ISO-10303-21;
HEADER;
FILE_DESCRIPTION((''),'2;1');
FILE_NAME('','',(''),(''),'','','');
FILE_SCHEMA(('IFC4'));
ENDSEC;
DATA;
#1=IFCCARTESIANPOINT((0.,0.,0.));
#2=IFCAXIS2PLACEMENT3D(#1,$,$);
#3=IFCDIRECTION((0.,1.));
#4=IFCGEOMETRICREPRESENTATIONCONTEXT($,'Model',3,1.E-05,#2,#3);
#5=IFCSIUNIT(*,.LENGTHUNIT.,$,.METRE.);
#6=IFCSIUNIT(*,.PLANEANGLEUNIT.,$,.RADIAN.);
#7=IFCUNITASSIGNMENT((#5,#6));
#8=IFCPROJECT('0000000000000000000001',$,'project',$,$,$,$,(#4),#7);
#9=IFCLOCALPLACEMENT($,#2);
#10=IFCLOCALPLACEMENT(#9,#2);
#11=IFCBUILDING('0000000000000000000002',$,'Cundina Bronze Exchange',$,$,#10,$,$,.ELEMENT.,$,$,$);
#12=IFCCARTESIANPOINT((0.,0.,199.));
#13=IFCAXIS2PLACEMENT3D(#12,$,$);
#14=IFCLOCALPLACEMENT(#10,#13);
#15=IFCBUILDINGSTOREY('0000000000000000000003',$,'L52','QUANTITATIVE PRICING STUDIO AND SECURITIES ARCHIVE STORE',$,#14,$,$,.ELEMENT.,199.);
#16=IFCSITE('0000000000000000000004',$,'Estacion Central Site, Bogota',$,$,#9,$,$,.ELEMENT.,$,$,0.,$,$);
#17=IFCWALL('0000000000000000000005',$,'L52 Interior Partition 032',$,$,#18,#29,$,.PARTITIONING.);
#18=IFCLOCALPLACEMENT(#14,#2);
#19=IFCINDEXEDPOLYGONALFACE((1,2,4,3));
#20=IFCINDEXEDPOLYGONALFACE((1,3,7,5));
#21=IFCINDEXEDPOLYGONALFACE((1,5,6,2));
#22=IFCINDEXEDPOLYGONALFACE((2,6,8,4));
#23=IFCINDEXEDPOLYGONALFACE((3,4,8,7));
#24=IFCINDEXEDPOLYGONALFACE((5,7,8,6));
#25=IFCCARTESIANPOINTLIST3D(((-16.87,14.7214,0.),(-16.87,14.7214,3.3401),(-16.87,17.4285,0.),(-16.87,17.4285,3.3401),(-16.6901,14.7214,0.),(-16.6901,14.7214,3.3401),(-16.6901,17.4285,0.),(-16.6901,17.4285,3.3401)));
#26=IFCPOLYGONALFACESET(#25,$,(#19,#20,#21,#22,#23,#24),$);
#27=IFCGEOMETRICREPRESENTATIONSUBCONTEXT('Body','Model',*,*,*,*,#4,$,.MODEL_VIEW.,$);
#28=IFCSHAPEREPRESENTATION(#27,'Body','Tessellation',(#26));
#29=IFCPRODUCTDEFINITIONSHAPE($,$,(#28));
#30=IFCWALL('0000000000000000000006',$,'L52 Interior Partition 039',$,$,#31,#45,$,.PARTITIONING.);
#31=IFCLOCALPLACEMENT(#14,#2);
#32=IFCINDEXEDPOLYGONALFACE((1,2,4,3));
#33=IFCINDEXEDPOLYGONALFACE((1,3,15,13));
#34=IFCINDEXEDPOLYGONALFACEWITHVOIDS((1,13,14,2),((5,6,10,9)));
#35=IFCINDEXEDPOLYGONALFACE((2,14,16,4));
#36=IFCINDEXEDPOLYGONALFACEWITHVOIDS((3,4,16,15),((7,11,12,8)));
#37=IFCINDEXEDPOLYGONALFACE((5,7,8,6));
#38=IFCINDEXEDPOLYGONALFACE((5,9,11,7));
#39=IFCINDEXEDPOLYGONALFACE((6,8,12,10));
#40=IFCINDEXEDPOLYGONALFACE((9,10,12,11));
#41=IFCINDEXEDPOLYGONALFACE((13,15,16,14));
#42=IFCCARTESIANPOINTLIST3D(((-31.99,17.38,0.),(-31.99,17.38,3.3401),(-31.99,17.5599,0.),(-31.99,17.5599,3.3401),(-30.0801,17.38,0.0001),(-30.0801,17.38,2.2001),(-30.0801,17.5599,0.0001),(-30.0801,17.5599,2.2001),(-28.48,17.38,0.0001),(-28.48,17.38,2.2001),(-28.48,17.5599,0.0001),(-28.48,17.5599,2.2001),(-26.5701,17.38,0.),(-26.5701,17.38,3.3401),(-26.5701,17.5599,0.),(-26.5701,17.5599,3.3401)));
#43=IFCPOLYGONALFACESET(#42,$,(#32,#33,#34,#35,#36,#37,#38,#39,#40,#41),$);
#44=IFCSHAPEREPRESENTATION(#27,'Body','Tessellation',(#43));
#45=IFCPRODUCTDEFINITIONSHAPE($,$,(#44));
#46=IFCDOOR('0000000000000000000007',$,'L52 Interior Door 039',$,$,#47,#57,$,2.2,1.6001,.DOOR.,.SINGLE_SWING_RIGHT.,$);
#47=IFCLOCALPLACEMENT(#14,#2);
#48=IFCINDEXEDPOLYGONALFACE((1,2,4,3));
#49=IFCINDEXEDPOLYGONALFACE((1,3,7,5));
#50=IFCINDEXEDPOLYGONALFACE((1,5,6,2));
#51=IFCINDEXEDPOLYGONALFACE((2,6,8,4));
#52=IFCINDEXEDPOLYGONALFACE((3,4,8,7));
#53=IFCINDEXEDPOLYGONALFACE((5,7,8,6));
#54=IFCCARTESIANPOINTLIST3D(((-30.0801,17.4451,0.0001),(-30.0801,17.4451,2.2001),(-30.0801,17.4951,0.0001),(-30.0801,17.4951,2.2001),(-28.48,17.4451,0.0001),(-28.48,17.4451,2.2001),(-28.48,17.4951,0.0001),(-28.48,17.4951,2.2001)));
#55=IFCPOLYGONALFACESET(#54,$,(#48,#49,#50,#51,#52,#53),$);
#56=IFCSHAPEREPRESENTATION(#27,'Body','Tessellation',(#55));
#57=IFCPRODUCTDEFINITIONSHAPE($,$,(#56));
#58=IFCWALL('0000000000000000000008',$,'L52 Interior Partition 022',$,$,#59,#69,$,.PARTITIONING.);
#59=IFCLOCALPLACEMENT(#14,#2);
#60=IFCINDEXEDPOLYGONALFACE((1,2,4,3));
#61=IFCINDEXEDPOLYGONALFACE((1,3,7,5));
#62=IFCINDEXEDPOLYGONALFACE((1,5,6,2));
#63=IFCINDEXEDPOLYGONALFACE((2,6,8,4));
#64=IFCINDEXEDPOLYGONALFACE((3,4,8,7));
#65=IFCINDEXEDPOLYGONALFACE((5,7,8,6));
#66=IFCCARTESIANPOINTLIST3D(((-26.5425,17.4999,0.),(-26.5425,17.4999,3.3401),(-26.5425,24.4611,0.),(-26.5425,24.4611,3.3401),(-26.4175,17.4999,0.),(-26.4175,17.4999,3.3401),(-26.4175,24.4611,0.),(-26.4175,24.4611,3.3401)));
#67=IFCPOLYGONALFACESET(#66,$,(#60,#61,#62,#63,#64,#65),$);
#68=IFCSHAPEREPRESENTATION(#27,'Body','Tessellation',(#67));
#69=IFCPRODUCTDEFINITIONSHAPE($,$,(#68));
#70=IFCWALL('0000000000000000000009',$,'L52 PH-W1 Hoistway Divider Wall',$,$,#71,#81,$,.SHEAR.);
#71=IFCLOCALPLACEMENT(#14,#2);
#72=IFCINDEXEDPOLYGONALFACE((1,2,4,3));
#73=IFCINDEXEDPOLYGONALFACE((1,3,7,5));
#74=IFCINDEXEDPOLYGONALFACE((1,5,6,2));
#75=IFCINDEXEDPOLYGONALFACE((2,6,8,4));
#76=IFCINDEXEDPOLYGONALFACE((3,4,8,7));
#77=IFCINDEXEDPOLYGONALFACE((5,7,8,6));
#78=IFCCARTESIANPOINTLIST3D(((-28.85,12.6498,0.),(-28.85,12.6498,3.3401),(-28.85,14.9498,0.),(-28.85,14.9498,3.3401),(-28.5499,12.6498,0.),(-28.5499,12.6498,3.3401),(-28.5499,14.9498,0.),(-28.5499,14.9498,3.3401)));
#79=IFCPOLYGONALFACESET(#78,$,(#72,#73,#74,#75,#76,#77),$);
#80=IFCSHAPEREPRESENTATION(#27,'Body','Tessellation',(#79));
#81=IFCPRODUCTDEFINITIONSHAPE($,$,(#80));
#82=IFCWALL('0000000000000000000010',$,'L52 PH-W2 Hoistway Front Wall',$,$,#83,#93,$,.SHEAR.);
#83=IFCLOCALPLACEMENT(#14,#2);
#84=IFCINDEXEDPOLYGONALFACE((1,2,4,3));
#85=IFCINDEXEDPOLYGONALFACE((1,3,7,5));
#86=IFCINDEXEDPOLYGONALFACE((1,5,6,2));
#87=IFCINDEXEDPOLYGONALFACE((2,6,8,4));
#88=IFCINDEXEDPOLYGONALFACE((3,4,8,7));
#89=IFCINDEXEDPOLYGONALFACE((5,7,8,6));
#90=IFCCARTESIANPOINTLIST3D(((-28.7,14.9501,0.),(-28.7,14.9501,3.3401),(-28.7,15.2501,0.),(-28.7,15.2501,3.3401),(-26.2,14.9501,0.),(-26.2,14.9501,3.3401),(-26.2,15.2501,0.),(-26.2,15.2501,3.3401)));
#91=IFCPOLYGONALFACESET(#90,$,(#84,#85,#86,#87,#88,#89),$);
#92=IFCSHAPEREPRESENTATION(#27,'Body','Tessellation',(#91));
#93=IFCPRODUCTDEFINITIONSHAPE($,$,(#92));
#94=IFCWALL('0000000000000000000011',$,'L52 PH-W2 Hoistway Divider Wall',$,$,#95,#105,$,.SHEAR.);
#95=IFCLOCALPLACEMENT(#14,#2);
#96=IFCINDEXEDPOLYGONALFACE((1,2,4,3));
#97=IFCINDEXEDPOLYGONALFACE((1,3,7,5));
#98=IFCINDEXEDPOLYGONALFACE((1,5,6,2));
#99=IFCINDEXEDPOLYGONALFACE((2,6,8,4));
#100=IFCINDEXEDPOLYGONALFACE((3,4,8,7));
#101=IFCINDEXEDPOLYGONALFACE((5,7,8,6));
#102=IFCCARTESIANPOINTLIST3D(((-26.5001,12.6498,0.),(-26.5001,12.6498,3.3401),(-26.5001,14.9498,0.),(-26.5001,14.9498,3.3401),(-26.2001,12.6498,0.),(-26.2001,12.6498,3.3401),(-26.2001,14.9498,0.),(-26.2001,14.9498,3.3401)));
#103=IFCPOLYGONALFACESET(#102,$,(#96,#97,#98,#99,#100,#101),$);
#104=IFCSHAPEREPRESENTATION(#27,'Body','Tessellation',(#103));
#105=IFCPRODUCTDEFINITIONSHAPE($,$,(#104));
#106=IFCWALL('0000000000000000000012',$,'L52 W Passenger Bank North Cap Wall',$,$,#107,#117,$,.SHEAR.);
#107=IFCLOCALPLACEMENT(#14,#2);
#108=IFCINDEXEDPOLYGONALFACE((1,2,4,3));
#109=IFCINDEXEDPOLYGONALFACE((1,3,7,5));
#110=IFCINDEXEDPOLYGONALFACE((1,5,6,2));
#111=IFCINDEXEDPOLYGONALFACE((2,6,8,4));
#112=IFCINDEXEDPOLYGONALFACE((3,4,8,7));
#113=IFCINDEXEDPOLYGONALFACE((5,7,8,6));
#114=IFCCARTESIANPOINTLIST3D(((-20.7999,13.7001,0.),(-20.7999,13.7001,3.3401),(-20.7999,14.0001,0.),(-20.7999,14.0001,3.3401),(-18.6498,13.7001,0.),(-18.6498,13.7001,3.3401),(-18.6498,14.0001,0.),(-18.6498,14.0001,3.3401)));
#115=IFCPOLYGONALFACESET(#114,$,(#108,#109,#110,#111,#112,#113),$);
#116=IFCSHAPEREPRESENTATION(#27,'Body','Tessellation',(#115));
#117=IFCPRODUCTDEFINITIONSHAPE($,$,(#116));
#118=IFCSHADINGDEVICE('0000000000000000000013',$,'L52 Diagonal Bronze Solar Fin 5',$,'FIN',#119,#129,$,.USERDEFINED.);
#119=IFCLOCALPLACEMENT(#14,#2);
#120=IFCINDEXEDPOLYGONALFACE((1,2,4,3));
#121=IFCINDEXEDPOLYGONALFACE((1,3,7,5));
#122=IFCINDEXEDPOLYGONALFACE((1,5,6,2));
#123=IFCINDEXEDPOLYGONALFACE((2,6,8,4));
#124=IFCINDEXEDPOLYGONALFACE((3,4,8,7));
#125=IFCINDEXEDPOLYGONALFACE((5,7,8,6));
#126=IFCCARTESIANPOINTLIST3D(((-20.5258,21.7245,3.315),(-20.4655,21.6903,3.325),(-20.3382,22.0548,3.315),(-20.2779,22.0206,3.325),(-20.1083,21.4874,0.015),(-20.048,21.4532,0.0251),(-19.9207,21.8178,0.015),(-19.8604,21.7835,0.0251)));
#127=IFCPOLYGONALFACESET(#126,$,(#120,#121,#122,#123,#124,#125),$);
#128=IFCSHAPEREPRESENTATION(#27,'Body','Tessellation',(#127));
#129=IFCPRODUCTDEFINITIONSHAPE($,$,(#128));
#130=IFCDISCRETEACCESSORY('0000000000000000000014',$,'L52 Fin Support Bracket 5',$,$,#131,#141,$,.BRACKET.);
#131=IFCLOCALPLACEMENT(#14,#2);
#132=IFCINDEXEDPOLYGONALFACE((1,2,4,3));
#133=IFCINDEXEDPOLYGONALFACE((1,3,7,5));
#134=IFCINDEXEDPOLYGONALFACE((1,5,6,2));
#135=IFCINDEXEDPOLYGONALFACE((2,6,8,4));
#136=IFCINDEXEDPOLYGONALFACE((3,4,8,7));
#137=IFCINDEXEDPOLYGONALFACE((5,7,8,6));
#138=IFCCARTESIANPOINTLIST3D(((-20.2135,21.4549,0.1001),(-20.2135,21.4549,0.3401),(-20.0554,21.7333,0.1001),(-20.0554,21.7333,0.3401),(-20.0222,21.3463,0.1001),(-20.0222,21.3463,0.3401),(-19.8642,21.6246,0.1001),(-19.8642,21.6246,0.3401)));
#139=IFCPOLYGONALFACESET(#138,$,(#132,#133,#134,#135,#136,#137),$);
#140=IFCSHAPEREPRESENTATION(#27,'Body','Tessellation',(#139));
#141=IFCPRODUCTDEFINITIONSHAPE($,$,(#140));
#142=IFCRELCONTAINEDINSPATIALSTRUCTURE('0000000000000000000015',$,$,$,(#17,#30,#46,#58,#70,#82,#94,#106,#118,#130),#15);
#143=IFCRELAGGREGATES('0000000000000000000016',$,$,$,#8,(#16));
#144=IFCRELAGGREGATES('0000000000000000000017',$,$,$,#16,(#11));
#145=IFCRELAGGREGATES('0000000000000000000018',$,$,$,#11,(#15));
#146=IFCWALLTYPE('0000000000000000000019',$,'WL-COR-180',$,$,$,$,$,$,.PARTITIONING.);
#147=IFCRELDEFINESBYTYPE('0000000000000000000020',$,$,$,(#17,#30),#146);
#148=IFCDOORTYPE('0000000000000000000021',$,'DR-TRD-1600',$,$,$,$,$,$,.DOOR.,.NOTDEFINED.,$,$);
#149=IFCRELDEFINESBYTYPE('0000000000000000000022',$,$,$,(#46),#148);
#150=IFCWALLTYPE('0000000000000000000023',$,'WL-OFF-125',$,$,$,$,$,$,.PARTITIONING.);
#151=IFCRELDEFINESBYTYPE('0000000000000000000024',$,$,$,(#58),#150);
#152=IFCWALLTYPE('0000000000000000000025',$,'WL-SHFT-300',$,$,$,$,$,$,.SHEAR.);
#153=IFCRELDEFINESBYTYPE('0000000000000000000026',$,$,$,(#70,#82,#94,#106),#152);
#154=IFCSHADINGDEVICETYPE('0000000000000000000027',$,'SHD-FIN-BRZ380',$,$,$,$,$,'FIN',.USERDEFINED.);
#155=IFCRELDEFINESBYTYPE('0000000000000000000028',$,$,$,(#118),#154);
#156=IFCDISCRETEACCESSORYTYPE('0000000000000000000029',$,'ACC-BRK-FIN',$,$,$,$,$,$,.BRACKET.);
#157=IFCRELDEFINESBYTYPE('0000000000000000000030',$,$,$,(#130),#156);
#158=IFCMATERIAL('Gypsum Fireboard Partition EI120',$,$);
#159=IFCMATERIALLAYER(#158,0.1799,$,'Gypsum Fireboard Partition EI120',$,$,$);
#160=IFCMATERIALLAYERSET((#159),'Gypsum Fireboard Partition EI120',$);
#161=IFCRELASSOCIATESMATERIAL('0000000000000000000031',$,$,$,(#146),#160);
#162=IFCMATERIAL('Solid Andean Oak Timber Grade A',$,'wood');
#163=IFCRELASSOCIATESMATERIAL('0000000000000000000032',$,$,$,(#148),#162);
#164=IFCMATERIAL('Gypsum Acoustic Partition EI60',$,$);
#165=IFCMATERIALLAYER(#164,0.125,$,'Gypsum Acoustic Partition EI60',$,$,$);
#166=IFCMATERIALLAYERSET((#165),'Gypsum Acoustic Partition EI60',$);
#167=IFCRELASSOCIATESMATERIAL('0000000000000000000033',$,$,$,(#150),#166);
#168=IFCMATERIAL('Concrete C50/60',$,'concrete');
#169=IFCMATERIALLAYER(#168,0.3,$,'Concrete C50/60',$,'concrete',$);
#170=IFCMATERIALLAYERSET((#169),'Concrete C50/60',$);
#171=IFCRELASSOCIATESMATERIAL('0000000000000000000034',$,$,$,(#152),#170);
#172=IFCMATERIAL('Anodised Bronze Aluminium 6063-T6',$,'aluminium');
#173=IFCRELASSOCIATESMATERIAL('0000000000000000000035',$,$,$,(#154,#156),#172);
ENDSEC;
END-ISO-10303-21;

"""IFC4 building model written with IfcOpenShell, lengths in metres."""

from ifc_helpers import new_model, si_unit, direction, frame, frame_2d, origin, origin_2d, place, context, subcontext, project, spatial, rectangle, extrude, material, layer, layer_set, material_profile, profile_set, type_object, element, fill, save


model = new_model("IFC4")

# Units and contexts
model_context = context("Model", 3, precision=1e-05, world=origin(), true_north=direction((0.0, 1.0)))
body_context = subcontext(model_context, "Body", "Model", "MODEL_VIEW")
ifc_project = project(units=[si_unit("LENGTHUNIT", "METRE"), si_unit("PLANEANGLEUNIT", "RADIAN")], contexts=[model_context])

# Site, building, storey
site_placement = place(None, origin())
site = spatial("IfcSite", under=ifc_project, at=site_placement, Name="Estacion Central Site, Bogota", CompositionType="ELEMENT", RefElevation=0.0)
building_placement = place(site_placement, origin())
building = spatial("IfcBuilding", under=site, at=building_placement, Name="Cundina Bronze Exchange", CompositionType="ELEMENT")
storey_placement = place(building_placement, frame((0.0, 0.0, 199.0)))
storey = spatial("IfcBuildingStorey", under=building, at=storey_placement, Name="L52", Description="QUANTITATIVE PRICING STUDIO AND SECURITIES ARCHIVE STORE", CompositionType="ELEMENT", Elevation=199.0)

# Shared definitions
ifc_material_1 = material(Name="Concrete C50/60", Category="concrete")

# Shared definitions
ifc_material_2 = material(Name="Anodised Bronze Aluminium 6063-T6", Category="aluminium")

# Shared definitions
ifc_material_3 = material(Name="Gypsum Fireboard Partition EI120")
ifc_layer_1 = layer(ifc_material_3, 0.1799, Name="Gypsum Fireboard Partition EI120")
ifc_layer_set_1 = layer_set([ifc_layer_1], Name="Gypsum Fireboard Partition EI120")
wall_type_1 = type_object("IfcWallType", Name="WL-COR-180", PredefinedType="PARTITIONING", material=ifc_layer_set_1)
ifc_material_4 = material(Name="Solid Andean Oak Timber Grade A", Category="wood")

# Wall
wall_1_placement = place(storey_placement, frame((-16.78, 14.7214, 0.0), z_axis=(0.0, 0.0, 1.0), x_axis=(0.0, 1.0, 0.0)))
element("IfcWall", 1, at=wall_1_placement, inside=storey, type_object=wall_type_1, Name="L52 Interior Partition 032", PredefinedType="PARTITIONING", context=body_context, shape_type="SweptSolid", body=[
    extrude(rectangle(XDim=2.707, YDim=0.1799, at=frame_2d((1.3535, 0.0))), origin(), (0.0, 0.0, 1.0), 3.3401),
])

# Wall, opening, door
wall_2_placement = place(storey_placement, frame((-26.5701, 17.47, 0.0), z_axis=(0.0, 0.0, 1.0), x_axis=(-1.0, 0.0, 0.0)))
wall_2 = element("IfcWall", 2, at=wall_2_placement, inside=storey, type_object=wall_type_1, Name="L52 Interior Partition 039", PredefinedType="PARTITIONING", context=body_context, shape_type="SweptSolid", body=[
    extrude(rectangle(XDim=5.4199, YDim=0.1799, at=frame_2d((2.71, 0.0))), origin(), (0.0, 0.0, 1.0), 3.3401),
])
opening_1_placement = place(wall_2_placement, frame((1.9099, 0.0, 0.0)))
opening_1 = element("IfcOpeningElement", 3, at=opening_1_placement, cuts=wall_2, PredefinedType="OPENING", context=body_context, shape_type="SweptSolid", body=[
    extrude(rectangle(XDim=1.6001, YDim=2.2, at=frame_2d((0.8, 1.1001))), frame((0.0, 0.0999, 0.0), z_axis=(0.0, -1.0, 0.0), x_axis=(1.0, 0.0, 0.0)), (0.0, 0.0, 1.0), 0.2),
])
door_type_1 = type_object("IfcDoorType", Name="DR-TRD-1600", OperationType="NOTDEFINED", PredefinedType="DOOR", material=ifc_material_4)
door_1_placement = place(opening_1_placement, origin())
door_1 = element("IfcDoor", 4, at=door_1_placement, inside=storey, type_object=door_type_1, Name="L52 Interior Door 039", OperationType="SINGLE_SWING_RIGHT", OverallHeight=2.2, OverallWidth=1.6001, PredefinedType="DOOR", context=body_context, shape_type="SweptSolid", body=[
    extrude(rectangle(XDim=1.6001, YDim=2.2, at=frame_2d((0.8, 1.1001))), frame((0.0, 0.0249, 0.0), z_axis=(0.0, -1.0, 0.0), x_axis=(1.0, 0.0, 0.0)), (0.0, 0.0, 1.0), 0.05),
])
fill(opening_1, door_1)

# Walls
ifc_material_5 = material(Name="Gypsum Acoustic Partition EI60")
ifc_layer_2 = layer(ifc_material_5, 0.125, Name="Gypsum Acoustic Partition EI60")
ifc_layer_set_2 = layer_set([ifc_layer_2], Name="Gypsum Acoustic Partition EI60")
wall_type_2 = type_object("IfcWallType", Name="WL-OFF-125", PredefinedType="PARTITIONING", material=ifc_layer_set_2)
wall_3_placement = place(storey_placement, frame((-26.48, 17.5, 0.0), z_axis=(0.0, 0.0, 1.0), x_axis=(0.0, 1.0, 0.0)))
element("IfcWall", 5, at=wall_3_placement, inside=storey, type_object=wall_type_2, Name="L52 Interior Partition 022", PredefinedType="PARTITIONING", context=body_context, shape_type="SweptSolid", body=[
    extrude(rectangle(XDim=6.9612, YDim=0.125, at=frame_2d((3.4805, 0.0))), origin(), (0.0, 0.0, 1.0), 3.3401),
])
ifc_layer_3 = layer(ifc_material_1, 0.3, Name="Concrete C50/60", Category="concrete")
ifc_layer_set_3 = layer_set([ifc_layer_3], Name="Concrete C50/60")
wall_type_3 = type_object("IfcWallType", Name="WL-SHFT-300", PredefinedType="SHEAR", material=ifc_layer_set_3)
wall_4_placement = place(storey_placement, frame((-28.7, 12.6499, 0.0), z_axis=(0.0, 0.0, 1.0), x_axis=(0.0, 1.0, 0.0)))
element("IfcWall", 6, at=wall_4_placement, inside=storey, type_object=wall_type_3, Name="L52 PH-W1 Hoistway Divider Wall", PredefinedType="SHEAR", context=body_context, shape_type="SweptSolid", body=[
    extrude(rectangle(XDim=2.3, YDim=0.3, at=frame_2d((1.1499, 0.0))), origin(), (0.0, 0.0, 1.0), 3.3401),
])
wall_5_placement = place(storey_placement, frame((-28.7, 15.1001, 0.0), z_axis=(0.0, 0.0, 1.0), x_axis=(1.0, 0.0, 0.0)))
element("IfcWall", 7, at=wall_5_placement, inside=storey, type_object=wall_type_3, Name="L52 PH-W2 Hoistway Front Wall", PredefinedType="SHEAR", context=body_context, shape_type="SweptSolid", body=[
    extrude(rectangle(XDim=2.5, YDim=0.3, at=frame_2d((1.25, 0.0))), origin(), (0.0, 0.0, 1.0), 3.3401),
])
wall_6_placement = place(storey_placement, frame((-26.3501, 12.6499, 0.0), z_axis=(0.0, 0.0, 1.0), x_axis=(0.0, 1.0, 0.0)))
element("IfcWall", 8, at=wall_6_placement, inside=storey, type_object=wall_type_3, Name="L52 PH-W2 Hoistway Divider Wall", PredefinedType="SHEAR", context=body_context, shape_type="SweptSolid", body=[
    extrude(rectangle(XDim=2.3, YDim=0.3, at=frame_2d((1.1499, 0.0))), origin(), (0.0, 0.0, 1.0), 3.3401),
])
wall_7_placement = place(storey_placement, frame((-20.8, 13.8501, 0.0), z_axis=(0.0, 0.0, 1.0), x_axis=(1.0, 0.0, 0.0)))
element("IfcWall", 9, at=wall_7_placement, inside=storey, type_object=wall_type_3, Name="L52 W Passenger Bank North Cap Wall", PredefinedType="SHEAR", context=body_context, shape_type="SweptSolid", body=[
    extrude(rectangle(XDim=2.1501, YDim=0.3, at=frame_2d((1.0752, 0.0))), origin(), (0.0, 0.0, 1.0), 3.3401),
])

# Shading device
ifc_material_profile_1 = material_profile(ifc_material_2, rectangle(XDim=0.0701, YDim=0.3799, at=origin_2d()), Name="FIN70X380", Category="aluminium")
ifc_profile_set_1 = profile_set([ifc_material_profile_1], Name="Anodised Bronze Aluminium 6063-T6")
shading_device_type = type_object("IfcShadingDeviceType", Name="SHD-FIN-BRZ380", ElementType="FIN", PredefinedType="USERDEFINED", material=ifc_profile_set_1)
shading_device_placement = place(storey_placement, frame((-19.9844, 21.6355, 0.02), z_axis=(-0.12519, 0.071087, 0.989583), x_axis=(0.860527, -0.488638, 0.143965)))
element("IfcShadingDevice", 10, at=shading_device_placement, inside=storey, type_object=shading_device_type, Name="L52 Diagonal Bronze Solar Fin 5", ObjectType="FIN", PredefinedType="USERDEFINED", context=body_context, shape_type="SweptSolid", body=[
    extrude(rectangle(XDim=0.0701, YDim=0.3799, at=origin_2d()), origin(), (0.0, 0.0, 1.0), 3.3347),
])

# Discrete accessory
discrete_accessory_type = type_object("IfcDiscreteAccessoryType", Name="ACC-BRK-FIN", PredefinedType="BRACKET", material=ifc_material_2)
discrete_accessory_placement = place(storey_placement, frame((-20.0388, 21.5398, 0.1001), z_axis=(0.0, 0.0, 1.0), x_axis=(-0.869573, 0.493805, 0.0)))
element("IfcDiscreteAccessory", 11, at=discrete_accessory_placement, inside=storey, type_object=discrete_accessory_type, Name="L52 Fin Support Bracket 5", PredefinedType="BRACKET", context=body_context, shape_type="SweptSolid", body=[
    extrude(rectangle(XDim=0.22, YDim=0.3201, at=origin_2d()), origin(), (0.0, 0.0, 1.0), 0.24),
])

save(model, "model.ifc")
